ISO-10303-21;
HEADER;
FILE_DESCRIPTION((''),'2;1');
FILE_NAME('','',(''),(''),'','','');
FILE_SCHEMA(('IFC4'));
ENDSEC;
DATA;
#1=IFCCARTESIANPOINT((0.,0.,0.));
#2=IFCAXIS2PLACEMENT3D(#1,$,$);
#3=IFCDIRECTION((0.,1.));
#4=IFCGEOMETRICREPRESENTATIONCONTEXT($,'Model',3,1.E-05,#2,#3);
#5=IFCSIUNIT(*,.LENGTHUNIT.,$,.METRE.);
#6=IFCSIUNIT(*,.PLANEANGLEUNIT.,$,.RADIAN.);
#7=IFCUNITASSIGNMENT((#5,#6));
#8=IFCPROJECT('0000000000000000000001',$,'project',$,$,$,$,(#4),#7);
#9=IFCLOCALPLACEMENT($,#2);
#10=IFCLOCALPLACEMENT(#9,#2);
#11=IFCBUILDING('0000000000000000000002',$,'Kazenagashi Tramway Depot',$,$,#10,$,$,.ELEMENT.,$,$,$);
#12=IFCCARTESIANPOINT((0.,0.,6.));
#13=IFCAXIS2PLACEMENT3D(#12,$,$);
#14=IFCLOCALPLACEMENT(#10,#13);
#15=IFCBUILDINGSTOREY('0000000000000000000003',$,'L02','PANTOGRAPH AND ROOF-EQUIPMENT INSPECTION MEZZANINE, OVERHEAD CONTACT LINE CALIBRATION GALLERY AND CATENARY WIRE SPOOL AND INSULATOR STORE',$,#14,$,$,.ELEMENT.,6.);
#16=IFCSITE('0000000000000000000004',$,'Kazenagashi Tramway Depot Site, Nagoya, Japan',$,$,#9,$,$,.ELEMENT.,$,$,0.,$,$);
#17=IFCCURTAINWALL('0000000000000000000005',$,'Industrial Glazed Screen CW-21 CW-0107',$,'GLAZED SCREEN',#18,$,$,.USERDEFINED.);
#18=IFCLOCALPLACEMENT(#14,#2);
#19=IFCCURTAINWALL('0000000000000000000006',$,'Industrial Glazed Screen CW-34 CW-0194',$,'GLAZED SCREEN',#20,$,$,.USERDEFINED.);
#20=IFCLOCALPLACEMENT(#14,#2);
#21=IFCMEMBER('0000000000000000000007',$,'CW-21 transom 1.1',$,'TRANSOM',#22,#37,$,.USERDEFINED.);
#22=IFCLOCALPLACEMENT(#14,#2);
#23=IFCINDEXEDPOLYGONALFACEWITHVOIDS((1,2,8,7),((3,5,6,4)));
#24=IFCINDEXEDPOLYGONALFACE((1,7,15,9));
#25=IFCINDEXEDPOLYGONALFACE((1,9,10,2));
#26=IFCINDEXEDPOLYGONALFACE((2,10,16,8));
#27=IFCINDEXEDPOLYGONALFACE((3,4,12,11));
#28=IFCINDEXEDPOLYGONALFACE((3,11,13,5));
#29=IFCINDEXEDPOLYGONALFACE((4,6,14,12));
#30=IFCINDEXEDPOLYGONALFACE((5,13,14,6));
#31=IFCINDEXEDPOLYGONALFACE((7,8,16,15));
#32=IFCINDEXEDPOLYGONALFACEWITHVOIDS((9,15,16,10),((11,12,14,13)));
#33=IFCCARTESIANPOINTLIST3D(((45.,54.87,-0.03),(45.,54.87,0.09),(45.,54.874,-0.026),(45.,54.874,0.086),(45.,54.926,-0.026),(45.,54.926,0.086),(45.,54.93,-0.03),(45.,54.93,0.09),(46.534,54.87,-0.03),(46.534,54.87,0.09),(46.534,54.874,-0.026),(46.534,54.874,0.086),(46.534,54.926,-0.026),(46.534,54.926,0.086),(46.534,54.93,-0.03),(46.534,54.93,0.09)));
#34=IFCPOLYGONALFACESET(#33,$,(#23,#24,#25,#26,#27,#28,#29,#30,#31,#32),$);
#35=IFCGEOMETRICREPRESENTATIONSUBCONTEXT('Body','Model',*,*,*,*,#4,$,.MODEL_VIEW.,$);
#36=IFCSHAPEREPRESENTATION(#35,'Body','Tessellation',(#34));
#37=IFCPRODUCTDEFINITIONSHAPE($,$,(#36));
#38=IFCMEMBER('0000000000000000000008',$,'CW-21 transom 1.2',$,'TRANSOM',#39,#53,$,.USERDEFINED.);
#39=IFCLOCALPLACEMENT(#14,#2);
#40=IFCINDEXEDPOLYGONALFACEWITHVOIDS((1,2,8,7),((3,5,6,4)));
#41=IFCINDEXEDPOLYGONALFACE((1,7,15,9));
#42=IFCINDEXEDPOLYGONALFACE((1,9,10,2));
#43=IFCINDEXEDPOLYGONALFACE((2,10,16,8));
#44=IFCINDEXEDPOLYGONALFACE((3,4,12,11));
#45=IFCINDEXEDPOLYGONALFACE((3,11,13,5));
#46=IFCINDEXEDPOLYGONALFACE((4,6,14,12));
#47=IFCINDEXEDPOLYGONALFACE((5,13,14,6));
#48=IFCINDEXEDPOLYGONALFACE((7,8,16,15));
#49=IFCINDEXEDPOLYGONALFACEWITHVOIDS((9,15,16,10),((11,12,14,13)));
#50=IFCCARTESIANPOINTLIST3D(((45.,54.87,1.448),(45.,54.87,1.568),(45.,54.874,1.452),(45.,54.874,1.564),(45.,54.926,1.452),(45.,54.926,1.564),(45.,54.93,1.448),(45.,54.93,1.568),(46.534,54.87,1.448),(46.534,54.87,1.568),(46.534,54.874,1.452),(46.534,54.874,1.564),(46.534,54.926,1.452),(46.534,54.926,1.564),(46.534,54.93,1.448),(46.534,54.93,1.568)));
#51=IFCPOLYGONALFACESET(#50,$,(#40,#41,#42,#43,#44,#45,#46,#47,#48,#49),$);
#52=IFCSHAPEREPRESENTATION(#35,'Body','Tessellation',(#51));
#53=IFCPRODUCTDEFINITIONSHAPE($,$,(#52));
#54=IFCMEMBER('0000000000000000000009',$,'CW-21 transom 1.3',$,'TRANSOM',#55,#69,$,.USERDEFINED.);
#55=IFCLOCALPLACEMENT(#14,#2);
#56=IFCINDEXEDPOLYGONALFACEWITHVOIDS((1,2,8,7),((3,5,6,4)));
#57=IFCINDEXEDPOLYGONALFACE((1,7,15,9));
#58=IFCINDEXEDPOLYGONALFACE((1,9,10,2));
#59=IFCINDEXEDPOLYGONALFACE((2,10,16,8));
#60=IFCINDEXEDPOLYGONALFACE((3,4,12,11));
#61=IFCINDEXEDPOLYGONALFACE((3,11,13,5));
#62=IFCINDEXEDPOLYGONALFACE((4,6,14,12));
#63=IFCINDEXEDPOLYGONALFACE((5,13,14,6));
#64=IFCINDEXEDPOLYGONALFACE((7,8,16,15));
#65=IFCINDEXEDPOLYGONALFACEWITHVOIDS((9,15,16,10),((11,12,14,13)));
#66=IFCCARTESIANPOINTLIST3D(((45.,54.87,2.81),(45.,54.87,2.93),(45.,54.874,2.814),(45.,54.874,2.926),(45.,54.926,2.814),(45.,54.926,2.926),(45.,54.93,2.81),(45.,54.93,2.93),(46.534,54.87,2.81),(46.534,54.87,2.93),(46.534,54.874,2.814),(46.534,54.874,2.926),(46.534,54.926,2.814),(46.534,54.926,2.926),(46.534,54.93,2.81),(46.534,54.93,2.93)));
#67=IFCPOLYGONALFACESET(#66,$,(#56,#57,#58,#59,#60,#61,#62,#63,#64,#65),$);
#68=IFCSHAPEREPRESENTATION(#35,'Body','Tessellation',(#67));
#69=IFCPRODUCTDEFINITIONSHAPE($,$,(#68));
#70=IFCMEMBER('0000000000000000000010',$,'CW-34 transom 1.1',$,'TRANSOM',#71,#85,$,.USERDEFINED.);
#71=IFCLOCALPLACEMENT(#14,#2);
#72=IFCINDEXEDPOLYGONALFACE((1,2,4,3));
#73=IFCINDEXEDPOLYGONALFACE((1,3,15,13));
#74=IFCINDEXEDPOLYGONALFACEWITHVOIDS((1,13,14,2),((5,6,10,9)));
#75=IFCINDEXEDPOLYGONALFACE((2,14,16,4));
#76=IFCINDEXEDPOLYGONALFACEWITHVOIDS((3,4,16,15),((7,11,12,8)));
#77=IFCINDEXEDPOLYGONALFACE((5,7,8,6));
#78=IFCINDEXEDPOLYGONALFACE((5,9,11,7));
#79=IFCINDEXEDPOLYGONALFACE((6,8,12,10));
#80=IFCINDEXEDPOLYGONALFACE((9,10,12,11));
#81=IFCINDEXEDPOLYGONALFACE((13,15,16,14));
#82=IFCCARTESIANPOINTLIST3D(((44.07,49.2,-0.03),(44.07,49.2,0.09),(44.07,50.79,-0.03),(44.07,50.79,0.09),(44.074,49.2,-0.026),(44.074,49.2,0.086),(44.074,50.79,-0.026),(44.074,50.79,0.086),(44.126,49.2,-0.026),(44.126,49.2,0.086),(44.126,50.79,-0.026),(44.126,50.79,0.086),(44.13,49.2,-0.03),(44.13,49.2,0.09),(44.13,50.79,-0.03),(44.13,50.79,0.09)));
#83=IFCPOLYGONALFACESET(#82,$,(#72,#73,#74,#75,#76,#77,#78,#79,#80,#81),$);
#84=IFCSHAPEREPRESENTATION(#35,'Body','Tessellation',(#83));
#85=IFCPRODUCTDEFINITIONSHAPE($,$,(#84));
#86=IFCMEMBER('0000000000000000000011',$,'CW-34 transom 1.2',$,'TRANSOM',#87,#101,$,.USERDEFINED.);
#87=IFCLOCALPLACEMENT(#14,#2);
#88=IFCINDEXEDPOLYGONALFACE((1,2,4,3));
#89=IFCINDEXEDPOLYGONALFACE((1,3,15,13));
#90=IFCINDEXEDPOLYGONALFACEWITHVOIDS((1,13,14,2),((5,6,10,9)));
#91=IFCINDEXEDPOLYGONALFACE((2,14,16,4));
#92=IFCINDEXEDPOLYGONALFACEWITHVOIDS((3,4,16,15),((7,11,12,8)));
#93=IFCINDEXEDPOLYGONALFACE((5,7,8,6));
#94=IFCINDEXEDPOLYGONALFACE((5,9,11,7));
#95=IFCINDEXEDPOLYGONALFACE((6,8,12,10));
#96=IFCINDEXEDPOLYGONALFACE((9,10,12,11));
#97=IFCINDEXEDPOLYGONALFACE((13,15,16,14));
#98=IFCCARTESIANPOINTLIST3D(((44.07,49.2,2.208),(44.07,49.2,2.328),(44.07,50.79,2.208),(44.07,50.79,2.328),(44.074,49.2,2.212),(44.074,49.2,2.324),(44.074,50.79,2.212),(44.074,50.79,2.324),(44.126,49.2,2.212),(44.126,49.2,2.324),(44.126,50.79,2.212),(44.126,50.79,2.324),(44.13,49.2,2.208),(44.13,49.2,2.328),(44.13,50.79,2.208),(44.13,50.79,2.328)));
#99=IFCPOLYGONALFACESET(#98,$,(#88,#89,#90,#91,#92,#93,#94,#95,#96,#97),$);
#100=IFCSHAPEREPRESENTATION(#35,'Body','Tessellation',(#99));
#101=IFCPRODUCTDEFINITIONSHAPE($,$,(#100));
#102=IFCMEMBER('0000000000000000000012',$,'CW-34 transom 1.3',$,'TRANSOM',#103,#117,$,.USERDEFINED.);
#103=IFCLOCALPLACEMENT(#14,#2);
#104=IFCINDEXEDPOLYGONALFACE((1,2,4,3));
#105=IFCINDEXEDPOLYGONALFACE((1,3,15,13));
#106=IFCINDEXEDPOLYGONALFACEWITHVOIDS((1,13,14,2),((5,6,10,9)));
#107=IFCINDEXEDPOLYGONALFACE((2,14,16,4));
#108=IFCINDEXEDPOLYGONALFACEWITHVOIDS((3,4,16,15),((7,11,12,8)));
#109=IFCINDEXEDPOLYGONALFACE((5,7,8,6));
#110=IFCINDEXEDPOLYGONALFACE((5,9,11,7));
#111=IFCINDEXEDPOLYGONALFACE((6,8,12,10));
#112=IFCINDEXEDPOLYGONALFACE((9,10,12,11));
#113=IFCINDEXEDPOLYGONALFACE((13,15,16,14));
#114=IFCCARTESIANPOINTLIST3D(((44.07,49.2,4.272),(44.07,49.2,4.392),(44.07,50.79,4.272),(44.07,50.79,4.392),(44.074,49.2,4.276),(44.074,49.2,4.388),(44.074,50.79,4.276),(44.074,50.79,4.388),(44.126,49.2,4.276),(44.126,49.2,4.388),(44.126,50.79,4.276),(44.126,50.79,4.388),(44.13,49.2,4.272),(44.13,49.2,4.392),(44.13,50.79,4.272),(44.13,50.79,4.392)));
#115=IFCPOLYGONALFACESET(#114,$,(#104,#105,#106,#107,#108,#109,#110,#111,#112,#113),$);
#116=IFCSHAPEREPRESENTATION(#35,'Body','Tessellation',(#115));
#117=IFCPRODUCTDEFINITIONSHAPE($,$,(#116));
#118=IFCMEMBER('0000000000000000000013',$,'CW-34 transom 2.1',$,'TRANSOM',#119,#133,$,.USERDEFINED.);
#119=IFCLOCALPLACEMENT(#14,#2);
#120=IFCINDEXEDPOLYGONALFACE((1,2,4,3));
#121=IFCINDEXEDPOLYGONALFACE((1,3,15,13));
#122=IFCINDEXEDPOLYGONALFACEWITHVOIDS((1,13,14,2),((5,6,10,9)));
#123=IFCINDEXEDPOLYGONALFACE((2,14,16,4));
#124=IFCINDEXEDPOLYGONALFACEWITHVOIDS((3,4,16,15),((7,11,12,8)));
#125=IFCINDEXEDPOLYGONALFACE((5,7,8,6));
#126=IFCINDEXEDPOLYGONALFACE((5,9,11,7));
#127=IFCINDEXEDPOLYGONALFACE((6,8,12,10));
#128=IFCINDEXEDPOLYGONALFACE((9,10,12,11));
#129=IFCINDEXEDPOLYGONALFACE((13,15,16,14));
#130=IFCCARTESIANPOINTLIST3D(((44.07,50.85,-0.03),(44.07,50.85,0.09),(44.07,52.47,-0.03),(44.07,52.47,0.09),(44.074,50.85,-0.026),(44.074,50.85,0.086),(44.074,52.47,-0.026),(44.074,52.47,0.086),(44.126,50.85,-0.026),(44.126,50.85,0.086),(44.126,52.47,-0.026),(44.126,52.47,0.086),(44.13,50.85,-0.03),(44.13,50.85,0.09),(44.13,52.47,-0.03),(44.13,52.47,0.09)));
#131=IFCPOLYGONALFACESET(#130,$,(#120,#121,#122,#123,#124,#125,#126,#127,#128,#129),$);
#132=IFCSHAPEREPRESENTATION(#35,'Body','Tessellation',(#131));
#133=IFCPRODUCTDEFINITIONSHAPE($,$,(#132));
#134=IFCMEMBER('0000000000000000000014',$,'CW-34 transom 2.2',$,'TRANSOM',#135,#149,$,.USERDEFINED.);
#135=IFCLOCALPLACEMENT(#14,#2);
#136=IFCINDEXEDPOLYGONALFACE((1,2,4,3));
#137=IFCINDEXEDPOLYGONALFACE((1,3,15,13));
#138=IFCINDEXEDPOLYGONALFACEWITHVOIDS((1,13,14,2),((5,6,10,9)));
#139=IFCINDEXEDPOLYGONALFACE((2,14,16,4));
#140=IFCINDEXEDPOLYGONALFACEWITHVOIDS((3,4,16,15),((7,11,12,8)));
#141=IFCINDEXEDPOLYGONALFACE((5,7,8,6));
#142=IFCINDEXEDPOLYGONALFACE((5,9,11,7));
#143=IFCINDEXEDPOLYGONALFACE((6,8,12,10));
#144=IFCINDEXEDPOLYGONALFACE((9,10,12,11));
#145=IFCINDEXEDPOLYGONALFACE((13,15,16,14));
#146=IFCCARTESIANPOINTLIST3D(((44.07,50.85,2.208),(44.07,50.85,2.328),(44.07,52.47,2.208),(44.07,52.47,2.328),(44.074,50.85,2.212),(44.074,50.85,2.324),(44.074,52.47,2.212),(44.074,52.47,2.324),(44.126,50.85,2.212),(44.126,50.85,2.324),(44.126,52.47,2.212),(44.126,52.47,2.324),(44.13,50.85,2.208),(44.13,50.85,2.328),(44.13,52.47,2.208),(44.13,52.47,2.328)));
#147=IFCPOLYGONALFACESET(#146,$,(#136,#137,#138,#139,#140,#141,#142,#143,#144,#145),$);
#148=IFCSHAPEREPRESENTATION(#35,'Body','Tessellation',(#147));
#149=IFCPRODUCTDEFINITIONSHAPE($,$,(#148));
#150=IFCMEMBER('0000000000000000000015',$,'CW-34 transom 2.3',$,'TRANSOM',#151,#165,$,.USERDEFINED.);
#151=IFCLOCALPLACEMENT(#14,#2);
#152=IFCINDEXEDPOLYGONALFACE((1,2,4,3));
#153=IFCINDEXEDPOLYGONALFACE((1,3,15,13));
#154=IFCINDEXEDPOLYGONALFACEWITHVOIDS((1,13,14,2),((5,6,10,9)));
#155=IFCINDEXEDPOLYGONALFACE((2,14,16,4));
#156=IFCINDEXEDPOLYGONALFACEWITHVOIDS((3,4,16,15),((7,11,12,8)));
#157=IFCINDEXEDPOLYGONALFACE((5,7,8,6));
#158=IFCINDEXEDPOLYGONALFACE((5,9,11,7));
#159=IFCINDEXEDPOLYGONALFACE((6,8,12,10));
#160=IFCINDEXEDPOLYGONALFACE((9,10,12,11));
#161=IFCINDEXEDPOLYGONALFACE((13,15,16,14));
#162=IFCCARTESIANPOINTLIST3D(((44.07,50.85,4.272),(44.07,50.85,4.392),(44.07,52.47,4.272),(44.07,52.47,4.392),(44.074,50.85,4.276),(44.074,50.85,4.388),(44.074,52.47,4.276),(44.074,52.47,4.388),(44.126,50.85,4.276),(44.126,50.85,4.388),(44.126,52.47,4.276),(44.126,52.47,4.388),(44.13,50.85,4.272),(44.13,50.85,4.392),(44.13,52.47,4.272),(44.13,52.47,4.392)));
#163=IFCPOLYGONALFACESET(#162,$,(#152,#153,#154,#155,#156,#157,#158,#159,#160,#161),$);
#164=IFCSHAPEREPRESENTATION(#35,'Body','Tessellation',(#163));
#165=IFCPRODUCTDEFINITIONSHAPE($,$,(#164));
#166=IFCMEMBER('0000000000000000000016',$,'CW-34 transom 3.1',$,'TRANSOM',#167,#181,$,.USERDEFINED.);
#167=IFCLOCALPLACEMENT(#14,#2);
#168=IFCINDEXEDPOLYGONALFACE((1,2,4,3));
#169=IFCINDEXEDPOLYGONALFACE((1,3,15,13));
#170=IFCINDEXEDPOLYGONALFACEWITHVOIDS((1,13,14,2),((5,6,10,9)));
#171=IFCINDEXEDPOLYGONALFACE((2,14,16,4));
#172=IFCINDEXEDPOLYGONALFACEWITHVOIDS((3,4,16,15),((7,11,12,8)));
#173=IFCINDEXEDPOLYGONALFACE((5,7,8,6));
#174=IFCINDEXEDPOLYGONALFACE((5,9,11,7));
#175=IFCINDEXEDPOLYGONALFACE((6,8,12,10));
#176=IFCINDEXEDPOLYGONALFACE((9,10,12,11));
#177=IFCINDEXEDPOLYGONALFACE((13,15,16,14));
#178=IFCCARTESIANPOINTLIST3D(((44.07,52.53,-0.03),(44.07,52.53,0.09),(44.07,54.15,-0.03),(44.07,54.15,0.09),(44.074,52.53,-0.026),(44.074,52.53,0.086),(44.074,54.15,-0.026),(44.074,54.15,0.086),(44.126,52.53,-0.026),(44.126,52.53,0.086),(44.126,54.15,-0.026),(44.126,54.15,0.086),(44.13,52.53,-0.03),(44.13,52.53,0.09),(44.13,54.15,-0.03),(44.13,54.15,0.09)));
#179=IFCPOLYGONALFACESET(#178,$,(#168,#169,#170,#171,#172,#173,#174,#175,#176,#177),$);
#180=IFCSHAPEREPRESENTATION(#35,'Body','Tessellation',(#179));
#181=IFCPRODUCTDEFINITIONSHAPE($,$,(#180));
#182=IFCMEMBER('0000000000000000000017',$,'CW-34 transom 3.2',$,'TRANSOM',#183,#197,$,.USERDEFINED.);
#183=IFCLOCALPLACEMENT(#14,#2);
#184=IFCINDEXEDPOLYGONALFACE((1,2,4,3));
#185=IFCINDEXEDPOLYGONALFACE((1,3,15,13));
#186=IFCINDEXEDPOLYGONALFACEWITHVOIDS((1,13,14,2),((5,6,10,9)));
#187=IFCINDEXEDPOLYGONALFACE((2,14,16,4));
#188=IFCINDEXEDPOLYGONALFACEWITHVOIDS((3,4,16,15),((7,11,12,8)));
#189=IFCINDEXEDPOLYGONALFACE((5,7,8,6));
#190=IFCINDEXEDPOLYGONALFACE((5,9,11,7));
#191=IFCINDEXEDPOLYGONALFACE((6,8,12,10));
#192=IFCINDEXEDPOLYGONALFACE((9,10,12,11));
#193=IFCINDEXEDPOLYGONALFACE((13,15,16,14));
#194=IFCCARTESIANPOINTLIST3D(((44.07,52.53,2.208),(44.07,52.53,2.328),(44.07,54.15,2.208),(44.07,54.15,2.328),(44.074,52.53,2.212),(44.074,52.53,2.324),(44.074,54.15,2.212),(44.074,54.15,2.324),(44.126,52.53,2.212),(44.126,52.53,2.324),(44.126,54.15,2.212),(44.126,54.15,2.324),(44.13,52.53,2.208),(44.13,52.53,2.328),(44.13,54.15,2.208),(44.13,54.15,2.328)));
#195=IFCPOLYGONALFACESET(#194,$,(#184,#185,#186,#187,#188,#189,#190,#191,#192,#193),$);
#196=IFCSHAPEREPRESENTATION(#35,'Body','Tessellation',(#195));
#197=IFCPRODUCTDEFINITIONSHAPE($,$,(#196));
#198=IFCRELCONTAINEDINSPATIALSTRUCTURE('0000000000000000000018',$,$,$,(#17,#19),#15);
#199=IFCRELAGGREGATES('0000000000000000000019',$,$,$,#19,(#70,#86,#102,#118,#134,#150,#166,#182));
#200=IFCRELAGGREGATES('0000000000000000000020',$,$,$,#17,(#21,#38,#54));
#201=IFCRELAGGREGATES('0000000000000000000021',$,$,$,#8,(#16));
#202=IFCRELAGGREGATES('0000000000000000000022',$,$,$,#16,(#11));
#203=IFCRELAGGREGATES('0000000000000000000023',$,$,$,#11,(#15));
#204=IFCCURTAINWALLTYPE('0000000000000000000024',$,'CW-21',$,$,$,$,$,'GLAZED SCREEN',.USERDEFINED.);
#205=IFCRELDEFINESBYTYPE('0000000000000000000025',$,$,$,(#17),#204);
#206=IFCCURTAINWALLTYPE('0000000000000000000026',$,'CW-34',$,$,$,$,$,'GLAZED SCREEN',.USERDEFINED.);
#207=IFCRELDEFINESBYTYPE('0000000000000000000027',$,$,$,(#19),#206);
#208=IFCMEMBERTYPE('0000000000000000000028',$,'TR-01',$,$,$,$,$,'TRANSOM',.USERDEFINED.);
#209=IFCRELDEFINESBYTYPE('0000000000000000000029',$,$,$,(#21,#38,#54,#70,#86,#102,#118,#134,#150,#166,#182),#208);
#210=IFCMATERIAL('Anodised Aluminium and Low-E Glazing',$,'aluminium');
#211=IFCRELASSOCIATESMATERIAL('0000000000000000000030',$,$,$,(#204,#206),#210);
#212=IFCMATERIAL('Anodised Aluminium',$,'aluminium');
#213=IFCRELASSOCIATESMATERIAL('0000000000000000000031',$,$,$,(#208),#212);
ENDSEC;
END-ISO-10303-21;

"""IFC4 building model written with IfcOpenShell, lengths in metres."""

from ifc_helpers import new_model, si_unit, direction, frame, origin, origin_2d, place, context, subcontext, project, spatial, hollow_rectangle, extrude, material, material_profile, profile_set, type_object, element, aggregate, save


model = new_model("IFC4")

# Units and contexts
model_context = context("Model", 3, precision=1e-05, world=origin(), true_north=direction((0.0, 1.0)))
body_context = subcontext(model_context, "Body", "Model", "MODEL_VIEW")
ifc_project = project(units=[si_unit("LENGTHUNIT", "METRE"), si_unit("PLANEANGLEUNIT", "RADIAN")], contexts=[model_context])

# Site, building, storey
site_placement = place(None, origin())
site = spatial("IfcSite", under=ifc_project, at=site_placement, Name="Kazenagashi Tramway Depot Site, Nagoya, Japan", CompositionType="ELEMENT", RefElevation=0.0)
building_placement = place(site_placement, origin())
building = spatial("IfcBuilding", under=site, at=building_placement, Name="Kazenagashi Tramway Depot", CompositionType="ELEMENT")
storey_placement = place(building_placement, frame((0.0, 0.0, 6.0)))
storey = spatial("IfcBuildingStorey", under=building, at=storey_placement, Name="L02", Description="PANTOGRAPH AND ROOF-EQUIPMENT INSPECTION MEZZANINE, OVERHEAD CONTACT LINE CALIBRATION GALLERY AND CATENARY WIRE SPOOL AND INSULATOR STORE", CompositionType="ELEMENT", Elevation=6.0)

# Curtain wall
ifc_material_1 = material(Name="Anodised Aluminium and Low-E Glazing", Category="aluminium")
curtain_wall_type_1 = type_object("IfcCurtainWallType", Name="CW-21", ElementType="GLAZED SCREEN", PredefinedType="USERDEFINED", material=ifc_material_1)
curtain_wall_1_placement = place(storey_placement, origin())
curtain_wall_1 = element("IfcCurtainWall", 1, at=curtain_wall_1_placement, inside=storey, type_object=curtain_wall_type_1, Name="Industrial Glazed Screen CW-21 CW-0107", ObjectType="GLAZED SCREEN", PredefinedType="USERDEFINED")
ifc_material_2 = material(Name="Anodised Aluminium", Category="aluminium")

# Curtain wall
curtain_wall_type_2 = type_object("IfcCurtainWallType", Name="CW-34", ElementType="GLAZED SCREEN", PredefinedType="USERDEFINED", material=ifc_material_1)
curtain_wall_2_placement = place(storey_placement, origin())
curtain_wall_2 = element("IfcCurtainWall", 2, at=curtain_wall_2_placement, inside=storey, type_object=curtain_wall_type_2, Name="Industrial Glazed Screen CW-34 CW-0194", ObjectType="GLAZED SCREEN", PredefinedType="USERDEFINED")

# Members
ifc_material_profile_1 = material_profile(ifc_material_2, hollow_rectangle(XDim=0.06, YDim=0.12, WallThickness=0.004, at=origin_2d()), Name="RHS-120x60x4")
ifc_profile_set_1 = profile_set([ifc_material_profile_1], Name="Anodised Aluminium")
member_type_1 = type_object("IfcMemberType", Name="TR-01", ElementType="TRANSOM", PredefinedType="USERDEFINED", material=ifc_profile_set_1)
member_1_placement = place(storey_placement, frame((45.0, 54.9, 0.03), z_axis=(1.0, 0.0, 0.0), x_axis=(0.0, 1.0, 0.0)))
member_1 = element("IfcMember", 3, at=member_1_placement, type_object=member_type_1, Name="CW-21 transom 1.1", ObjectType="TRANSOM", PredefinedType="USERDEFINED", context=body_context, shape_type="SweptSolid", body=[
    extrude(hollow_rectangle(XDim=0.06, YDim=0.12, WallThickness=0.004, at=origin_2d()), origin(), (0.0, 0.0, 1.0), 1.534),
])
member_2_placement = place(storey_placement, frame((45.0, 54.9, 1.508), z_axis=(1.0, 0.0, 0.0), x_axis=(0.0, 1.0, 0.0)))
member_2 = element("IfcMember", 4, at=member_2_placement, type_object=member_type_1, Name="CW-21 transom 1.2", ObjectType="TRANSOM", PredefinedType="USERDEFINED", context=body_context, shape_type="SweptSolid", body=[
    extrude(hollow_rectangle(XDim=0.06, YDim=0.12, WallThickness=0.004, at=origin_2d()), origin(), (0.0, 0.0, 1.0), 1.534),
])
member_3_placement = place(storey_placement, frame((45.0, 54.9, 2.87), z_axis=(1.0, 0.0, 0.0), x_axis=(0.0, 1.0, 0.0)))
member_3 = element("IfcMember", 5, at=member_3_placement, type_object=member_type_1, Name="CW-21 transom 1.3", ObjectType="TRANSOM", PredefinedType="USERDEFINED", context=body_context, shape_type="SweptSolid", body=[
    extrude(hollow_rectangle(XDim=0.06, YDim=0.12, WallThickness=0.004, at=origin_2d()), origin(), (0.0, 0.0, 1.0), 1.534),
])
member_4_placement = place(storey_placement, frame((44.1, 49.2, 0.03), z_axis=(0.0, 1.0, 0.0), x_axis=(-1.0, 0.0, 0.0)))
member_4 = element("IfcMember", 6, at=member_4_placement, type_object=member_type_1, Name="CW-34 transom 1.1", ObjectType="TRANSOM", PredefinedType="USERDEFINED", context=body_context, shape_type="SweptSolid", body=[
    extrude(hollow_rectangle(XDim=0.06, YDim=0.12, WallThickness=0.004, at=origin_2d()), origin(), (0.0, 0.0, 1.0), 1.59),
])
member_5_placement = place(storey_placement, frame((44.1, 49.2, 2.268), z_axis=(0.0, 1.0, 0.0), x_axis=(-1.0, 0.0, 0.0)))
member_5 = element("IfcMember", 7, at=member_5_placement, type_object=member_type_1, Name="CW-34 transom 1.2", ObjectType="TRANSOM", PredefinedType="USERDEFINED", context=body_context, shape_type="SweptSolid", body=[
    extrude(hollow_rectangle(XDim=0.06, YDim=0.12, WallThickness=0.004, at=origin_2d()), origin(), (0.0, 0.0, 1.0), 1.59),
])
member_6_placement = place(storey_placement, frame((44.1, 49.2, 4.332), z_axis=(0.0, 1.0, 0.0), x_axis=(-1.0, 0.0, 0.0)))
member_6 = element("IfcMember", 8, at=member_6_placement, type_object=member_type_1, Name="CW-34 transom 1.3", ObjectType="TRANSOM", PredefinedType="USERDEFINED", context=body_context, shape_type="SweptSolid", body=[
    extrude(hollow_rectangle(XDim=0.06, YDim=0.12, WallThickness=0.004, at=origin_2d()), origin(), (0.0, 0.0, 1.0), 1.59),
])
member_7_placement = place(storey_placement, frame((44.1, 50.85, 0.03), z_axis=(0.0, 1.0, 0.0), x_axis=(-1.0, 0.0, 0.0)))
member_7 = element("IfcMember", 9, at=member_7_placement, type_object=member_type_1, Name="CW-34 transom 2.1", ObjectType="TRANSOM", PredefinedType="USERDEFINED", context=body_context, shape_type="SweptSolid", body=[
    extrude(hollow_rectangle(XDim=0.06, YDim=0.12, WallThickness=0.004, at=origin_2d()), origin(), (0.0, 0.0, 1.0), 1.62),
])
member_8_placement = place(storey_placement, frame((44.1, 50.85, 2.268), z_axis=(0.0, 1.0, 0.0), x_axis=(-1.0, 0.0, 0.0)))
member_8 = element("IfcMember", 10, at=member_8_placement, type_object=member_type_1, Name="CW-34 transom 2.2", ObjectType="TRANSOM", PredefinedType="USERDEFINED", context=body_context, shape_type="SweptSolid", body=[
    extrude(hollow_rectangle(XDim=0.06, YDim=0.12, WallThickness=0.004, at=origin_2d()), origin(), (0.0, 0.0, 1.0), 1.62),
])
member_9_placement = place(storey_placement, frame((44.1, 50.85, 4.332), z_axis=(0.0, 1.0, 0.0), x_axis=(-1.0, 0.0, 0.0)))
member_9 = element("IfcMember", 11, at=member_9_placement, type_object=member_type_1, Name="CW-34 transom 2.3", ObjectType="TRANSOM", PredefinedType="USERDEFINED", context=body_context, shape_type="SweptSolid", body=[
    extrude(hollow_rectangle(XDim=0.06, YDim=0.12, WallThickness=0.004, at=origin_2d()), origin(), (0.0, 0.0, 1.0), 1.62),
])
member_10_placement = place(storey_placement, frame((44.1, 52.53, 0.03), z_axis=(0.0, 1.0, 0.0), x_axis=(-1.0, 0.0, 0.0)))
member_10 = element("IfcMember", 12, at=member_10_placement, type_object=member_type_1, Name="CW-34 transom 3.1", ObjectType="TRANSOM", PredefinedType="USERDEFINED", context=body_context, shape_type="SweptSolid", body=[
    extrude(hollow_rectangle(XDim=0.06, YDim=0.12, WallThickness=0.004, at=origin_2d()), origin(), (0.0, 0.0, 1.0), 1.62),
])
member_11_placement = place(storey_placement, frame((44.1, 52.53, 2.268), z_axis=(0.0, 1.0, 0.0), x_axis=(-1.0, 0.0, 0.0)))
member_11 = element("IfcMember", 13, at=member_11_placement, type_object=member_type_1, Name="CW-34 transom 3.2", ObjectType="TRANSOM", PredefinedType="USERDEFINED", context=body_context, shape_type="SweptSolid", body=[
    extrude(hollow_rectangle(XDim=0.06, YDim=0.12, WallThickness=0.004, at=origin_2d()), origin(), (0.0, 0.0, 1.0), 1.62),
])

aggregate(curtain_wall_2, [member_4, member_5, member_6, member_7, member_8, member_9, member_10, member_11])
aggregate(curtain_wall_1, [member_1, member_2, member_3])

save(model, "model.ifc")
